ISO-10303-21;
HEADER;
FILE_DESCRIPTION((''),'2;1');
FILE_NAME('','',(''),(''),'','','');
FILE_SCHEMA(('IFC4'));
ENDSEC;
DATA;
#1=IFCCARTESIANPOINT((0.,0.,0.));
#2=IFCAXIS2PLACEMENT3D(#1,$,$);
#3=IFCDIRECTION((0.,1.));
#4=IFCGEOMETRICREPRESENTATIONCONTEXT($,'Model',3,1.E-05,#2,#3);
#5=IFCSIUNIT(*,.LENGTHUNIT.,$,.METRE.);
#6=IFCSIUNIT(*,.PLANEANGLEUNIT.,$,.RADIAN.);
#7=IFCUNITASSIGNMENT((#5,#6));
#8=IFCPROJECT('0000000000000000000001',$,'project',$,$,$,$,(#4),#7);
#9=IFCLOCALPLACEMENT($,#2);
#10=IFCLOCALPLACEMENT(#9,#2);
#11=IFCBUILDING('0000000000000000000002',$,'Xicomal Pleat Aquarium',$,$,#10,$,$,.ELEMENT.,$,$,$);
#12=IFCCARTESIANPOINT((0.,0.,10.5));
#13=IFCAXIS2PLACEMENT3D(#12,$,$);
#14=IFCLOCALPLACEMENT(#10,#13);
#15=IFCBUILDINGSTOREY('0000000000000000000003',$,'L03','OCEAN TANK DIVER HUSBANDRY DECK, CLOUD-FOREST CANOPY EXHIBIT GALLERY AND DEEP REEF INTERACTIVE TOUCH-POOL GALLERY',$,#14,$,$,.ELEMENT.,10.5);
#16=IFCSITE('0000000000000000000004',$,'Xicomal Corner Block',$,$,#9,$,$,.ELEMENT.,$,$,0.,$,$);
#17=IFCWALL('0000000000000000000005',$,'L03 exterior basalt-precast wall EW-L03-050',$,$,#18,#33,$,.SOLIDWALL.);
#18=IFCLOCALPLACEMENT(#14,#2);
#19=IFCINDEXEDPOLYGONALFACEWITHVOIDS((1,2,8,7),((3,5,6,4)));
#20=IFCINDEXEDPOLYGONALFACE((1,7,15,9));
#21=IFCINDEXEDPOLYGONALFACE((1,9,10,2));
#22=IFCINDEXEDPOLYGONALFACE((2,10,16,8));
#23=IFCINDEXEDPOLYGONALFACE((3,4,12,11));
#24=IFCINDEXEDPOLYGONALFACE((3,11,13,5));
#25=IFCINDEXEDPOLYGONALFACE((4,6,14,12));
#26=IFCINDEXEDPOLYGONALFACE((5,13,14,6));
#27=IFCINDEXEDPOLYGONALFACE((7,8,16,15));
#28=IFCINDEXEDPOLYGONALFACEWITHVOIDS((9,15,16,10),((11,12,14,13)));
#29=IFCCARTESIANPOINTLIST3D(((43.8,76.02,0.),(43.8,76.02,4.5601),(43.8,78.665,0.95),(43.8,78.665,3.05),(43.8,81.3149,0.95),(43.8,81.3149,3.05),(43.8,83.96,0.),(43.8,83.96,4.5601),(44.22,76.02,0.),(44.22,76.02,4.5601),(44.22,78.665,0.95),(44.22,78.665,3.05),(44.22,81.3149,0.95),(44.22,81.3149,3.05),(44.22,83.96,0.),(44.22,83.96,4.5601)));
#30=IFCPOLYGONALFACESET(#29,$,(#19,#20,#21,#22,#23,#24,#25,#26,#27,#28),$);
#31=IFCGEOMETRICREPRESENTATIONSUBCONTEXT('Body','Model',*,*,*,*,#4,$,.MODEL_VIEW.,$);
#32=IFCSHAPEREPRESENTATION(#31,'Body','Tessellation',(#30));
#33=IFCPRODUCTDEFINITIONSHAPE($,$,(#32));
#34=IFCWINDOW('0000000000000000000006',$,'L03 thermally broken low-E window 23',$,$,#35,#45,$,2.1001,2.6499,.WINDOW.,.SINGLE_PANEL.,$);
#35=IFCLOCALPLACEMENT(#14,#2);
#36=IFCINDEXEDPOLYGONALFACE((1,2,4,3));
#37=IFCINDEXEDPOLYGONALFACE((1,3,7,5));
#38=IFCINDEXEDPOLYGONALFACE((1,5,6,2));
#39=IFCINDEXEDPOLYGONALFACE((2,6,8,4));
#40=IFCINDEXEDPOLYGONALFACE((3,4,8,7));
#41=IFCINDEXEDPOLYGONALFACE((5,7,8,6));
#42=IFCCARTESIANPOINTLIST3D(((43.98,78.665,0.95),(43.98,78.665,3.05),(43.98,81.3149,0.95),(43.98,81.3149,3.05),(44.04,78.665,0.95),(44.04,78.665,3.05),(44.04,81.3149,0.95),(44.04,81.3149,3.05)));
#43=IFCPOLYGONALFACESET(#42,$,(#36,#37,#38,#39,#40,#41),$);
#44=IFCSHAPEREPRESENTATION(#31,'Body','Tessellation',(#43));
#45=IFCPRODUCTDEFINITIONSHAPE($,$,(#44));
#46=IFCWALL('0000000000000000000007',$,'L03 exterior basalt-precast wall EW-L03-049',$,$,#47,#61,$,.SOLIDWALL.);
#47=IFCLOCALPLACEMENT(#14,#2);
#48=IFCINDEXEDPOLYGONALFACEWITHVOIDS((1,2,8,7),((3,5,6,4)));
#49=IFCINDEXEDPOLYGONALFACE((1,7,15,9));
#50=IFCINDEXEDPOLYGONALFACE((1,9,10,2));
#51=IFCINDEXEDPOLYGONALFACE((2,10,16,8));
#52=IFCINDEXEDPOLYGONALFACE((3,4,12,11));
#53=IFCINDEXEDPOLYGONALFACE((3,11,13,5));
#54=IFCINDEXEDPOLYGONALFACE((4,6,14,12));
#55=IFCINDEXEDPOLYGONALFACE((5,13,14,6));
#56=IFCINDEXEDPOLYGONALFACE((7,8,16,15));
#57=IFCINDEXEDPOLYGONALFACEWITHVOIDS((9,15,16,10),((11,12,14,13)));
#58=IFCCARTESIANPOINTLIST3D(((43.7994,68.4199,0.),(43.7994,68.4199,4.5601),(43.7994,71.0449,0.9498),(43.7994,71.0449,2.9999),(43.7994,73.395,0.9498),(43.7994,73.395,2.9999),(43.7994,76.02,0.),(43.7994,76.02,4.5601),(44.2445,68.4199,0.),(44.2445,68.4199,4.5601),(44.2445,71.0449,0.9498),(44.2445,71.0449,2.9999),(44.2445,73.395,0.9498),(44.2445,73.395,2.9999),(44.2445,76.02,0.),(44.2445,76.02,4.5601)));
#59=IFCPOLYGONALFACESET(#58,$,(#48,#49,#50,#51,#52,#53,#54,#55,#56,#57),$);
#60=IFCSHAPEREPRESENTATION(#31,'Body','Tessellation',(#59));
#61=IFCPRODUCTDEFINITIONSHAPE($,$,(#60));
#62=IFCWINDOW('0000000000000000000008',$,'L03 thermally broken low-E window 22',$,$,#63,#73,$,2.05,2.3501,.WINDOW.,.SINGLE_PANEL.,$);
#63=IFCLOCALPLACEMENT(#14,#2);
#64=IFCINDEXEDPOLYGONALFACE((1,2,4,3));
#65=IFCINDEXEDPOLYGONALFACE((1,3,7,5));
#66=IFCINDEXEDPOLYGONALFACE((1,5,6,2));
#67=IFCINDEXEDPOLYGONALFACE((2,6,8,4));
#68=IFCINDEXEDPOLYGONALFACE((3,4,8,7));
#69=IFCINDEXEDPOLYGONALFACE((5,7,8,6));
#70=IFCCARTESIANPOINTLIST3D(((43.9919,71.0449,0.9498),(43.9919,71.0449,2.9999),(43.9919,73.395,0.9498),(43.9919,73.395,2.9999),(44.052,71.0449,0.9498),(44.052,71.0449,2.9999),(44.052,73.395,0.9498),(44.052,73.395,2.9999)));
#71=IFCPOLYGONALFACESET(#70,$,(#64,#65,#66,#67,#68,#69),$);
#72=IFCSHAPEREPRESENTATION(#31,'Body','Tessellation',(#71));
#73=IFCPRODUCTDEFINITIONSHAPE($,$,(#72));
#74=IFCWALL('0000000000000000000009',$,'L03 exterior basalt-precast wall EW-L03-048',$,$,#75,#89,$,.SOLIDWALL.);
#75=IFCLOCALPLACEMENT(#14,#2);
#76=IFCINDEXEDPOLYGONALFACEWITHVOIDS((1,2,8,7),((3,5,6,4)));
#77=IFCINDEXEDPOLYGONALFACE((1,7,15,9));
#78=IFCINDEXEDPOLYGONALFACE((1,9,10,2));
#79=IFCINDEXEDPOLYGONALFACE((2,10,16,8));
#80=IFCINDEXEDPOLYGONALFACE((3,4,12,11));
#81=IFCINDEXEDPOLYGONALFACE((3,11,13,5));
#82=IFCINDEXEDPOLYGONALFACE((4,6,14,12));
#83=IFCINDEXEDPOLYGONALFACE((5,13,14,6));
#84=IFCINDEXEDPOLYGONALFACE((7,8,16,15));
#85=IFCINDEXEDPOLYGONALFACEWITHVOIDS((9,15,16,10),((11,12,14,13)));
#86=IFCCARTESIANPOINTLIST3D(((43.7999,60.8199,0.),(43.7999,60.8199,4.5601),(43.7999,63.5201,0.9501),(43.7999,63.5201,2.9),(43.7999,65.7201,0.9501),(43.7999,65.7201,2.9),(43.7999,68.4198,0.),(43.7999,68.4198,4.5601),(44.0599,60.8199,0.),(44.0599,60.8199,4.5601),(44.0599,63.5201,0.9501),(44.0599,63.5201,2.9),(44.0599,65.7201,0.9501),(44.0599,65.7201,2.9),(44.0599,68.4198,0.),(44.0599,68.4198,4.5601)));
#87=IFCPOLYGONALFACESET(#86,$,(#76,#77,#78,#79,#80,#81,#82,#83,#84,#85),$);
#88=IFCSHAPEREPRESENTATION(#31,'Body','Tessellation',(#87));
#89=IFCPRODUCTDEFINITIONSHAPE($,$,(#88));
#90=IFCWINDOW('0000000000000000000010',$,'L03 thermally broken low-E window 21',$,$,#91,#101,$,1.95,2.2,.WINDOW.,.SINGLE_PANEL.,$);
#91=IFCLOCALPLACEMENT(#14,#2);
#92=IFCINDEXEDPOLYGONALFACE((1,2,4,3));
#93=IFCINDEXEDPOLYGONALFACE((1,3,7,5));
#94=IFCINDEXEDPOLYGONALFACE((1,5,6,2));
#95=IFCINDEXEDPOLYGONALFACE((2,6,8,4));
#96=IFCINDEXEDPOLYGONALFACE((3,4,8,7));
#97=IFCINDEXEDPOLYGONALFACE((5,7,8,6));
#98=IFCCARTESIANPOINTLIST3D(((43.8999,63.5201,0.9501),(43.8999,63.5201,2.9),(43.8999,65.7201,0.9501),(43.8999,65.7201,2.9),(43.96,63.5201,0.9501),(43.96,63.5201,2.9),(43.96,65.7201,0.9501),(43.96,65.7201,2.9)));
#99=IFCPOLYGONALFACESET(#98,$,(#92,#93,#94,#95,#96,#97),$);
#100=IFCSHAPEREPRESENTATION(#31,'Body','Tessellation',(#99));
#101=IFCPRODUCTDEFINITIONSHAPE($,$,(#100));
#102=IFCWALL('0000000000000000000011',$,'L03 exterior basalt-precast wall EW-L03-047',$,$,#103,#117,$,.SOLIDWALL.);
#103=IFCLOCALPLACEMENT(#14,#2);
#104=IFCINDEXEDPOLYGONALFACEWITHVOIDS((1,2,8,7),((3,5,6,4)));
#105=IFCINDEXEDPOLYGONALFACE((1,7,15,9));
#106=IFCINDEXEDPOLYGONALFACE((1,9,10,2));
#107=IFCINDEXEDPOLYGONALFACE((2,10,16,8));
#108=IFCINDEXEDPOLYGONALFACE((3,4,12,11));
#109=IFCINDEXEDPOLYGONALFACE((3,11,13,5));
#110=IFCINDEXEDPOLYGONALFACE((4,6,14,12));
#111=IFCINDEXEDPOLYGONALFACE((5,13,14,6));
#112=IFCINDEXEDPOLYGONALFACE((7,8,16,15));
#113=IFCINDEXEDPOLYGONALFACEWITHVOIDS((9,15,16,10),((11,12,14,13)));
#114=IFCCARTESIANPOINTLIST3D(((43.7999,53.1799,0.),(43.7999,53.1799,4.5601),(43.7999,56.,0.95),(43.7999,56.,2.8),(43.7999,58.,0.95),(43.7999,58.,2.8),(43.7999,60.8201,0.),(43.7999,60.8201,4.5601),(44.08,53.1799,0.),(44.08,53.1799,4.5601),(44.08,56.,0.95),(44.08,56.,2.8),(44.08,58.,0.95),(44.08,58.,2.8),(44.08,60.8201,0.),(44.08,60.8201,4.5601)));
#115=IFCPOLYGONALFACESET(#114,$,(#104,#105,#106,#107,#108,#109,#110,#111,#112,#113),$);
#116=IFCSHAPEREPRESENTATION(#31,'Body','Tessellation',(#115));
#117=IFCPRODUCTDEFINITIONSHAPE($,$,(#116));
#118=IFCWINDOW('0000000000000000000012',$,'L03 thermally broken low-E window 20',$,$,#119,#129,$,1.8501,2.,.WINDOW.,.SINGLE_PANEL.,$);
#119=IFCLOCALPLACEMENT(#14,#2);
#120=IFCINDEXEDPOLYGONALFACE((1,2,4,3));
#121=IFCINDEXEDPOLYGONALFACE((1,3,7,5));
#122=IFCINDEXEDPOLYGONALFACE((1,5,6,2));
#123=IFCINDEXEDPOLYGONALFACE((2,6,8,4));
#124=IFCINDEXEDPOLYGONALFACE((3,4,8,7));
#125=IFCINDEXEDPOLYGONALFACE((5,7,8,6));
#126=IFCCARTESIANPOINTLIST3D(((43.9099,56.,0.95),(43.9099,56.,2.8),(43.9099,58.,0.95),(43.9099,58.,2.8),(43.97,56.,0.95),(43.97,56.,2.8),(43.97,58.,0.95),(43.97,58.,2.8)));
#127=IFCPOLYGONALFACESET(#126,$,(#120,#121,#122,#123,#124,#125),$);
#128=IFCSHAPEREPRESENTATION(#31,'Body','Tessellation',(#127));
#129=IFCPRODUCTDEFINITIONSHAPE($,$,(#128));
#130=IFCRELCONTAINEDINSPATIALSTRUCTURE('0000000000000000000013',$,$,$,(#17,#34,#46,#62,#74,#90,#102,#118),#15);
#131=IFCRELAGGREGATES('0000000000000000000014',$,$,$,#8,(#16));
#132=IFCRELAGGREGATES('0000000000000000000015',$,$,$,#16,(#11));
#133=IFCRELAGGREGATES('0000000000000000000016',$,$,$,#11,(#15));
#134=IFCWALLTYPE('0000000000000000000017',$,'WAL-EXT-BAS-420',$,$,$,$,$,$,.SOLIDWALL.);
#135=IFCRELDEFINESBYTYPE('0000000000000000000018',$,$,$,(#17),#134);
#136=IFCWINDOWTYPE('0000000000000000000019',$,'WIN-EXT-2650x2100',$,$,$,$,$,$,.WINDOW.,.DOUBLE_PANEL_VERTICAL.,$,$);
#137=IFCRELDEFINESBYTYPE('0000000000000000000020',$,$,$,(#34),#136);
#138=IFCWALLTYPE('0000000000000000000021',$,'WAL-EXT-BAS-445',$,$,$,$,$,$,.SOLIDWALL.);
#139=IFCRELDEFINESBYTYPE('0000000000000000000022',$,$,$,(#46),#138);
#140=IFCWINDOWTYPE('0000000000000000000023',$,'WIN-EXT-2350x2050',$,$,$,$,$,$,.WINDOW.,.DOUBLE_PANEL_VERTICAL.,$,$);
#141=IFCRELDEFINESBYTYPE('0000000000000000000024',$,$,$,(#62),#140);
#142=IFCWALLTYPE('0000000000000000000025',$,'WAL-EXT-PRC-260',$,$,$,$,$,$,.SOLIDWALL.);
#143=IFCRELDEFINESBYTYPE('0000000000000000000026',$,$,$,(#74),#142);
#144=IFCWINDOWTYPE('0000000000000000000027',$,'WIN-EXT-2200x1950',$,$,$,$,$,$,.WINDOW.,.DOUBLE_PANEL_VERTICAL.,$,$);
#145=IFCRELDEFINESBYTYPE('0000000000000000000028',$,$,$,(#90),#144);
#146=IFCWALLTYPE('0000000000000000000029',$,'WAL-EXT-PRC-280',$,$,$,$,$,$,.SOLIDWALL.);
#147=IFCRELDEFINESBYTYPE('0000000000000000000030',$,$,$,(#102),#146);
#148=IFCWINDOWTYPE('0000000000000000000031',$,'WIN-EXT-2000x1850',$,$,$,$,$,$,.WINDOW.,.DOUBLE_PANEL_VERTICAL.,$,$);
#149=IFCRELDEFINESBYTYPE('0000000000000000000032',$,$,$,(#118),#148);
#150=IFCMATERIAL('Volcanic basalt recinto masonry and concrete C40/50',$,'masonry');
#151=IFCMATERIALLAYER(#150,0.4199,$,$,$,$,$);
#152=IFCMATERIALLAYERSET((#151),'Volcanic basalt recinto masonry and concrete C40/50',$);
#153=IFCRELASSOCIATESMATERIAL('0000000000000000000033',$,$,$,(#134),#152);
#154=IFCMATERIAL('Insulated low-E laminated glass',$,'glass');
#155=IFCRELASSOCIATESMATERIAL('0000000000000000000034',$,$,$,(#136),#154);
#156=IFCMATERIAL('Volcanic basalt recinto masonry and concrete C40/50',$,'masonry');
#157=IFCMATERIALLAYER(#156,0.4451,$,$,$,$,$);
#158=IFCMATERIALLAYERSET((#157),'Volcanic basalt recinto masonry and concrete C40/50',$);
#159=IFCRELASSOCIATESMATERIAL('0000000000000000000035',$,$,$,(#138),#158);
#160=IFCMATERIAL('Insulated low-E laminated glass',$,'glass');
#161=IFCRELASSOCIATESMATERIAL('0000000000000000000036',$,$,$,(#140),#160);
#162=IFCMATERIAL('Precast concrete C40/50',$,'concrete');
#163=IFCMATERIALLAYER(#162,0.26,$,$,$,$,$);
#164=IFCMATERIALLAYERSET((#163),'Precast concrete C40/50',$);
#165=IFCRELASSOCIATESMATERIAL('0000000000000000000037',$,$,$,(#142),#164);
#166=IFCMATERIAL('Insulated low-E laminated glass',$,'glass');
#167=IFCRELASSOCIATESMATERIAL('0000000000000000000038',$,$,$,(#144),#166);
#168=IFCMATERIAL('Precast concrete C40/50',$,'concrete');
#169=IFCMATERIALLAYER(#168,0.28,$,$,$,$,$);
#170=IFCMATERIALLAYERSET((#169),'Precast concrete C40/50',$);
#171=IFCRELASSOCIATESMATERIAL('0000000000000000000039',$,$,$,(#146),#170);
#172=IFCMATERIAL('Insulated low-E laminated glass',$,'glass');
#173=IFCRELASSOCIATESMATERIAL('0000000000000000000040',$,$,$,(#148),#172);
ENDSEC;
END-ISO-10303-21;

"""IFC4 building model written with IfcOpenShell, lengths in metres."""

from ifc_helpers import new_model, si_unit, direction, frame, frame_2d, origin, place, context, subcontext, project, spatial, rectangle, extrude, material, layer, layer_set, type_object, element, fill, save


model = new_model("IFC4")

# Units and contexts
model_context = context("Model", 3, precision=1e-05, world=origin(), true_north=direction((0.0, 1.0)))
body_context = subcontext(model_context, "Body", "Model", "MODEL_VIEW")
ifc_project = project(units=[si_unit("LENGTHUNIT", "METRE"), si_unit("PLANEANGLEUNIT", "RADIAN")], contexts=[model_context])

# Site, building, storey
site_placement = place(None, origin())
site = spatial("IfcSite", under=ifc_project, at=site_placement, Name="Xicomal Corner Block", CompositionType="ELEMENT", RefElevation=0.0)
building_placement = place(site_placement, origin())
building = spatial("IfcBuilding", under=site, at=building_placement, Name="Xicomal Pleat Aquarium", CompositionType="ELEMENT")
storey_placement = place(building_placement, frame((0.0, 0.0, 10.5)))
storey = spatial("IfcBuildingStorey", under=building, at=storey_placement, Name="L03", Description="OCEAN TANK DIVER HUSBANDRY DECK, CLOUD-FOREST CANOPY EXHIBIT GALLERY AND DEEP REEF INTERACTIVE TOUCH-POOL GALLERY", CompositionType="ELEMENT", Elevation=10.5)

# Walls, openings, windows
ifc_material_1 = material(Name="Volcanic basalt recinto masonry and concrete C40/50", Category="masonry")
ifc_layer_1 = layer(ifc_material_1, 0.4199)
ifc_layer_set_1 = layer_set([ifc_layer_1], Name="Volcanic basalt recinto masonry and concrete C40/50")
wall_type_1 = type_object("IfcWallType", Name="WAL-EXT-BAS-420", PredefinedType="SOLIDWALL", material=ifc_layer_set_1)
wall_1_placement = place(storey_placement, frame((44.01, 76.02, 0.0), z_axis=(0.0, 0.0, 1.0), x_axis=(0.0, 1.0, 0.0)))
wall_1 = element("IfcWall", 1, at=wall_1_placement, inside=storey, type_object=wall_type_1, Name="L03 exterior basalt-precast wall EW-L03-050", PredefinedType="SOLIDWALL", context=body_context, shape_type="SweptSolid", body=[
    extrude(rectangle(XDim=7.9399, YDim=0.4199, at=frame_2d((3.97, 0.0))), origin(), (0.0, 0.0, 1.0), 4.5601),
])
opening_1_placement = place(wall_1_placement, frame((2.645, 0.0, 0.95)))
opening_1 = element("IfcOpeningElement", 2, at=opening_1_placement, cuts=wall_1, PredefinedType="OPENING", context=body_context, shape_type="SweptSolid", body=[
    extrude(rectangle(XDim=2.6499, YDim=2.1001, at=frame_2d((1.325, 1.05))), frame((0.0, 0.22, 0.0), z_axis=(0.0, -1.0, 0.0), x_axis=(1.0, 0.0, 0.0)), (0.0, 0.0, 1.0), 0.4399),
])
ifc_material_2 = material(Name="Insulated low-E laminated glass", Category="glass")
window_type_1 = type_object("IfcWindowType", Name="WIN-EXT-2650x2100", PartitioningType="DOUBLE_PANEL_VERTICAL", PredefinedType="WINDOW", material=ifc_material_2)
window_1_placement = place(opening_1_placement, origin())
window_1 = element("IfcWindow", 3, at=window_1_placement, inside=storey, type_object=window_type_1, Name="L03 thermally broken low-E window 23", OverallHeight=2.1001, OverallWidth=2.6499, PartitioningType="SINGLE_PANEL", PredefinedType="WINDOW", context=body_context, shape_type="SweptSolid", body=[
    extrude(rectangle(XDim=2.6499, YDim=2.1001, at=frame_2d((1.325, 1.05))), frame((0.0, 0.03, 0.0), z_axis=(0.0, -1.0, 0.0), x_axis=(1.0, 0.0, 0.0)), (0.0, 0.0, 1.0), 0.0601),
])
fill(opening_1, window_1)
ifc_material_3 = material(Name="Volcanic basalt recinto masonry and concrete C40/50", Category="masonry")
ifc_layer_2 = layer(ifc_material_3, 0.4451)
ifc_layer_set_2 = layer_set([ifc_layer_2], Name="Volcanic basalt recinto masonry and concrete C40/50")
wall_type_2 = type_object("IfcWallType", Name="WAL-EXT-BAS-445", PredefinedType="SOLIDWALL", material=ifc_layer_set_2)
wall_2_placement = place(storey_placement, frame((44.022, 68.4199, 0.0), z_axis=(0.0, 0.0, 1.0), x_axis=(0.0, 1.0, 0.0)))
wall_2 = element("IfcWall", 4, at=wall_2_placement, inside=storey, type_object=wall_type_2, Name="L03 exterior basalt-precast wall EW-L03-049", PredefinedType="SOLIDWALL", context=body_context, shape_type="SweptSolid", body=[
    extrude(rectangle(XDim=7.6001, YDim=0.4451, at=frame_2d((3.8, 0.0))), origin(), (0.0, 0.0, 1.0), 4.5601),
])
opening_2_placement = place(wall_2_placement, frame((2.625, 0.0, 0.95)))
opening_2 = element("IfcOpeningElement", 5, at=opening_2_placement, cuts=wall_2, PredefinedType="OPENING", context=body_context, shape_type="SweptSolid", body=[
    extrude(rectangle(XDim=2.3501, YDim=2.05, at=frame_2d((1.175, 1.0249))), frame((0.0, 0.2324, 0.0), z_axis=(0.0, -1.0, 0.0), x_axis=(1.0, 0.0, 0.0)), (0.0, 0.0, 1.0), 0.4651),
])
ifc_material_4 = material(Name="Insulated low-E laminated glass", Category="glass")
window_type_2 = type_object("IfcWindowType", Name="WIN-EXT-2350x2050", PartitioningType="DOUBLE_PANEL_VERTICAL", PredefinedType="WINDOW", material=ifc_material_4)
window_2_placement = place(opening_2_placement, origin())
window_2 = element("IfcWindow", 6, at=window_2_placement, inside=storey, type_object=window_type_2, Name="L03 thermally broken low-E window 22", OverallHeight=2.05, OverallWidth=2.3501, PartitioningType="SINGLE_PANEL", PredefinedType="WINDOW", context=body_context, shape_type="SweptSolid", body=[
    extrude(rectangle(XDim=2.3501, YDim=2.05, at=frame_2d((1.175, 1.0249))), frame((0.0, 0.03, 0.0), z_axis=(0.0, -1.0, 0.0), x_axis=(1.0, 0.0, 0.0)), (0.0, 0.0, 1.0), 0.0601),
])
fill(opening_2, window_2)
ifc_material_5 = material(Name="Precast concrete C40/50", Category="concrete")
ifc_layer_3 = layer(ifc_material_5, 0.26)
ifc_layer_set_3 = layer_set([ifc_layer_3], Name="Precast concrete C40/50")
wall_type_3 = type_object("IfcWallType", Name="WAL-EXT-PRC-260", PredefinedType="SOLIDWALL", material=ifc_layer_set_3)
wall_3_placement = place(storey_placement, frame((43.9299, 60.8201, 0.0), z_axis=(0.0, 0.0, 1.0), x_axis=(0.0, 1.0, 0.0)))
wall_3 = element("IfcWall", 7, at=wall_3_placement, inside=storey, type_object=wall_type_3, Name="L03 exterior basalt-precast wall EW-L03-048", PredefinedType="SOLIDWALL", context=body_context, shape_type="SweptSolid", body=[
    extrude(rectangle(XDim=7.5999, YDim=0.26, at=frame_2d((3.7998, 0.0))), origin(), (0.0, 0.0, 1.0), 4.5601),
])
opening_3_placement = place(wall_3_placement, frame((2.7, 0.0, 0.95)))
opening_3 = element("IfcOpeningElement", 8, at=opening_3_placement, cuts=wall_3, PredefinedType="OPENING", context=body_context, shape_type="SweptSolid", body=[
    extrude(rectangle(XDim=2.2, YDim=1.95, at=frame_2d((1.1001, 0.9751))), frame((0.0, 0.1399, 0.0), z_axis=(0.0, -1.0, 0.0), x_axis=(1.0, 0.0, 0.0)), (0.0, 0.0, 1.0), 0.28),
])
ifc_material_6 = material(Name="Insulated low-E laminated glass", Category="glass")
window_type_3 = type_object("IfcWindowType", Name="WIN-EXT-2200x1950", PartitioningType="DOUBLE_PANEL_VERTICAL", PredefinedType="WINDOW", material=ifc_material_6)
window_3_placement = place(opening_3_placement, origin())
window_3 = element("IfcWindow", 9, at=window_3_placement, inside=storey, type_object=window_type_3, Name="L03 thermally broken low-E window 21", OverallHeight=1.95, OverallWidth=2.2, PartitioningType="SINGLE_PANEL", PredefinedType="WINDOW", context=body_context, shape_type="SweptSolid", body=[
    extrude(rectangle(XDim=2.2, YDim=1.95, at=frame_2d((1.1001, 0.9751))), frame((0.0, 0.03, 0.0), z_axis=(0.0, -1.0, 0.0), x_axis=(1.0, 0.0, 0.0)), (0.0, 0.0, 1.0), 0.0601),
])
fill(opening_3, window_3)
ifc_material_7 = material(Name="Precast concrete C40/50", Category="concrete")
ifc_layer_4 = layer(ifc_material_7, 0.28)
ifc_layer_set_4 = layer_set([ifc_layer_4], Name="Precast concrete C40/50")
wall_type_4 = type_object("IfcWallType", Name="WAL-EXT-PRC-280", PredefinedType="SOLIDWALL", material=ifc_layer_set_4)
wall_4_placement = place(storey_placement, frame((43.9399, 53.1799, 0.0), z_axis=(0.0, 0.0, 1.0), x_axis=(0.0, 1.0, 0.0)))
wall_4 = element("IfcWall", 10, at=wall_4_placement, inside=storey, type_object=wall_type_4, Name="L03 exterior basalt-precast wall EW-L03-047", PredefinedType="SOLIDWALL", context=body_context, shape_type="SweptSolid", body=[
    extrude(rectangle(XDim=7.6401, YDim=0.28, at=frame_2d((3.8201, 0.0))), origin(), (0.0, 0.0, 1.0), 4.5601),
])
opening_4_placement = place(wall_4_placement, frame((2.8201, 0.0, 0.95)))
opening_4 = element("IfcOpeningElement", 11, at=opening_4_placement, cuts=wall_4, PredefinedType="OPENING", context=body_context, shape_type="SweptSolid", body=[
    extrude(rectangle(XDim=2.0, YDim=1.8501, at=frame_2d((1.0, 0.925))), frame((0.0, 0.1499, 0.0), z_axis=(0.0, -1.0, 0.0), x_axis=(1.0, 0.0, 0.0)), (0.0, 0.0, 1.0), 0.3),
])
ifc_material_8 = material(Name="Insulated low-E laminated glass", Category="glass")
window_type_4 = type_object("IfcWindowType", Name="WIN-EXT-2000x1850", PartitioningType="DOUBLE_PANEL_VERTICAL", PredefinedType="WINDOW", material=ifc_material_8)
window_4_placement = place(opening_4_placement, origin())
window_4 = element("IfcWindow", 12, at=window_4_placement, inside=storey, type_object=window_type_4, Name="L03 thermally broken low-E window 20", OverallHeight=1.8501, OverallWidth=2.0, PartitioningType="SINGLE_PANEL", PredefinedType="WINDOW", context=body_context, shape_type="SweptSolid", body=[
    extrude(rectangle(XDim=2.0, YDim=1.8501, at=frame_2d((1.0, 0.925))), frame((0.0, 0.03, 0.0), z_axis=(0.0, -1.0, 0.0), x_axis=(1.0, 0.0, 0.0)), (0.0, 0.0, 1.0), 0.0601),
])
fill(opening_4, window_4)

save(model, "model.ifc")
